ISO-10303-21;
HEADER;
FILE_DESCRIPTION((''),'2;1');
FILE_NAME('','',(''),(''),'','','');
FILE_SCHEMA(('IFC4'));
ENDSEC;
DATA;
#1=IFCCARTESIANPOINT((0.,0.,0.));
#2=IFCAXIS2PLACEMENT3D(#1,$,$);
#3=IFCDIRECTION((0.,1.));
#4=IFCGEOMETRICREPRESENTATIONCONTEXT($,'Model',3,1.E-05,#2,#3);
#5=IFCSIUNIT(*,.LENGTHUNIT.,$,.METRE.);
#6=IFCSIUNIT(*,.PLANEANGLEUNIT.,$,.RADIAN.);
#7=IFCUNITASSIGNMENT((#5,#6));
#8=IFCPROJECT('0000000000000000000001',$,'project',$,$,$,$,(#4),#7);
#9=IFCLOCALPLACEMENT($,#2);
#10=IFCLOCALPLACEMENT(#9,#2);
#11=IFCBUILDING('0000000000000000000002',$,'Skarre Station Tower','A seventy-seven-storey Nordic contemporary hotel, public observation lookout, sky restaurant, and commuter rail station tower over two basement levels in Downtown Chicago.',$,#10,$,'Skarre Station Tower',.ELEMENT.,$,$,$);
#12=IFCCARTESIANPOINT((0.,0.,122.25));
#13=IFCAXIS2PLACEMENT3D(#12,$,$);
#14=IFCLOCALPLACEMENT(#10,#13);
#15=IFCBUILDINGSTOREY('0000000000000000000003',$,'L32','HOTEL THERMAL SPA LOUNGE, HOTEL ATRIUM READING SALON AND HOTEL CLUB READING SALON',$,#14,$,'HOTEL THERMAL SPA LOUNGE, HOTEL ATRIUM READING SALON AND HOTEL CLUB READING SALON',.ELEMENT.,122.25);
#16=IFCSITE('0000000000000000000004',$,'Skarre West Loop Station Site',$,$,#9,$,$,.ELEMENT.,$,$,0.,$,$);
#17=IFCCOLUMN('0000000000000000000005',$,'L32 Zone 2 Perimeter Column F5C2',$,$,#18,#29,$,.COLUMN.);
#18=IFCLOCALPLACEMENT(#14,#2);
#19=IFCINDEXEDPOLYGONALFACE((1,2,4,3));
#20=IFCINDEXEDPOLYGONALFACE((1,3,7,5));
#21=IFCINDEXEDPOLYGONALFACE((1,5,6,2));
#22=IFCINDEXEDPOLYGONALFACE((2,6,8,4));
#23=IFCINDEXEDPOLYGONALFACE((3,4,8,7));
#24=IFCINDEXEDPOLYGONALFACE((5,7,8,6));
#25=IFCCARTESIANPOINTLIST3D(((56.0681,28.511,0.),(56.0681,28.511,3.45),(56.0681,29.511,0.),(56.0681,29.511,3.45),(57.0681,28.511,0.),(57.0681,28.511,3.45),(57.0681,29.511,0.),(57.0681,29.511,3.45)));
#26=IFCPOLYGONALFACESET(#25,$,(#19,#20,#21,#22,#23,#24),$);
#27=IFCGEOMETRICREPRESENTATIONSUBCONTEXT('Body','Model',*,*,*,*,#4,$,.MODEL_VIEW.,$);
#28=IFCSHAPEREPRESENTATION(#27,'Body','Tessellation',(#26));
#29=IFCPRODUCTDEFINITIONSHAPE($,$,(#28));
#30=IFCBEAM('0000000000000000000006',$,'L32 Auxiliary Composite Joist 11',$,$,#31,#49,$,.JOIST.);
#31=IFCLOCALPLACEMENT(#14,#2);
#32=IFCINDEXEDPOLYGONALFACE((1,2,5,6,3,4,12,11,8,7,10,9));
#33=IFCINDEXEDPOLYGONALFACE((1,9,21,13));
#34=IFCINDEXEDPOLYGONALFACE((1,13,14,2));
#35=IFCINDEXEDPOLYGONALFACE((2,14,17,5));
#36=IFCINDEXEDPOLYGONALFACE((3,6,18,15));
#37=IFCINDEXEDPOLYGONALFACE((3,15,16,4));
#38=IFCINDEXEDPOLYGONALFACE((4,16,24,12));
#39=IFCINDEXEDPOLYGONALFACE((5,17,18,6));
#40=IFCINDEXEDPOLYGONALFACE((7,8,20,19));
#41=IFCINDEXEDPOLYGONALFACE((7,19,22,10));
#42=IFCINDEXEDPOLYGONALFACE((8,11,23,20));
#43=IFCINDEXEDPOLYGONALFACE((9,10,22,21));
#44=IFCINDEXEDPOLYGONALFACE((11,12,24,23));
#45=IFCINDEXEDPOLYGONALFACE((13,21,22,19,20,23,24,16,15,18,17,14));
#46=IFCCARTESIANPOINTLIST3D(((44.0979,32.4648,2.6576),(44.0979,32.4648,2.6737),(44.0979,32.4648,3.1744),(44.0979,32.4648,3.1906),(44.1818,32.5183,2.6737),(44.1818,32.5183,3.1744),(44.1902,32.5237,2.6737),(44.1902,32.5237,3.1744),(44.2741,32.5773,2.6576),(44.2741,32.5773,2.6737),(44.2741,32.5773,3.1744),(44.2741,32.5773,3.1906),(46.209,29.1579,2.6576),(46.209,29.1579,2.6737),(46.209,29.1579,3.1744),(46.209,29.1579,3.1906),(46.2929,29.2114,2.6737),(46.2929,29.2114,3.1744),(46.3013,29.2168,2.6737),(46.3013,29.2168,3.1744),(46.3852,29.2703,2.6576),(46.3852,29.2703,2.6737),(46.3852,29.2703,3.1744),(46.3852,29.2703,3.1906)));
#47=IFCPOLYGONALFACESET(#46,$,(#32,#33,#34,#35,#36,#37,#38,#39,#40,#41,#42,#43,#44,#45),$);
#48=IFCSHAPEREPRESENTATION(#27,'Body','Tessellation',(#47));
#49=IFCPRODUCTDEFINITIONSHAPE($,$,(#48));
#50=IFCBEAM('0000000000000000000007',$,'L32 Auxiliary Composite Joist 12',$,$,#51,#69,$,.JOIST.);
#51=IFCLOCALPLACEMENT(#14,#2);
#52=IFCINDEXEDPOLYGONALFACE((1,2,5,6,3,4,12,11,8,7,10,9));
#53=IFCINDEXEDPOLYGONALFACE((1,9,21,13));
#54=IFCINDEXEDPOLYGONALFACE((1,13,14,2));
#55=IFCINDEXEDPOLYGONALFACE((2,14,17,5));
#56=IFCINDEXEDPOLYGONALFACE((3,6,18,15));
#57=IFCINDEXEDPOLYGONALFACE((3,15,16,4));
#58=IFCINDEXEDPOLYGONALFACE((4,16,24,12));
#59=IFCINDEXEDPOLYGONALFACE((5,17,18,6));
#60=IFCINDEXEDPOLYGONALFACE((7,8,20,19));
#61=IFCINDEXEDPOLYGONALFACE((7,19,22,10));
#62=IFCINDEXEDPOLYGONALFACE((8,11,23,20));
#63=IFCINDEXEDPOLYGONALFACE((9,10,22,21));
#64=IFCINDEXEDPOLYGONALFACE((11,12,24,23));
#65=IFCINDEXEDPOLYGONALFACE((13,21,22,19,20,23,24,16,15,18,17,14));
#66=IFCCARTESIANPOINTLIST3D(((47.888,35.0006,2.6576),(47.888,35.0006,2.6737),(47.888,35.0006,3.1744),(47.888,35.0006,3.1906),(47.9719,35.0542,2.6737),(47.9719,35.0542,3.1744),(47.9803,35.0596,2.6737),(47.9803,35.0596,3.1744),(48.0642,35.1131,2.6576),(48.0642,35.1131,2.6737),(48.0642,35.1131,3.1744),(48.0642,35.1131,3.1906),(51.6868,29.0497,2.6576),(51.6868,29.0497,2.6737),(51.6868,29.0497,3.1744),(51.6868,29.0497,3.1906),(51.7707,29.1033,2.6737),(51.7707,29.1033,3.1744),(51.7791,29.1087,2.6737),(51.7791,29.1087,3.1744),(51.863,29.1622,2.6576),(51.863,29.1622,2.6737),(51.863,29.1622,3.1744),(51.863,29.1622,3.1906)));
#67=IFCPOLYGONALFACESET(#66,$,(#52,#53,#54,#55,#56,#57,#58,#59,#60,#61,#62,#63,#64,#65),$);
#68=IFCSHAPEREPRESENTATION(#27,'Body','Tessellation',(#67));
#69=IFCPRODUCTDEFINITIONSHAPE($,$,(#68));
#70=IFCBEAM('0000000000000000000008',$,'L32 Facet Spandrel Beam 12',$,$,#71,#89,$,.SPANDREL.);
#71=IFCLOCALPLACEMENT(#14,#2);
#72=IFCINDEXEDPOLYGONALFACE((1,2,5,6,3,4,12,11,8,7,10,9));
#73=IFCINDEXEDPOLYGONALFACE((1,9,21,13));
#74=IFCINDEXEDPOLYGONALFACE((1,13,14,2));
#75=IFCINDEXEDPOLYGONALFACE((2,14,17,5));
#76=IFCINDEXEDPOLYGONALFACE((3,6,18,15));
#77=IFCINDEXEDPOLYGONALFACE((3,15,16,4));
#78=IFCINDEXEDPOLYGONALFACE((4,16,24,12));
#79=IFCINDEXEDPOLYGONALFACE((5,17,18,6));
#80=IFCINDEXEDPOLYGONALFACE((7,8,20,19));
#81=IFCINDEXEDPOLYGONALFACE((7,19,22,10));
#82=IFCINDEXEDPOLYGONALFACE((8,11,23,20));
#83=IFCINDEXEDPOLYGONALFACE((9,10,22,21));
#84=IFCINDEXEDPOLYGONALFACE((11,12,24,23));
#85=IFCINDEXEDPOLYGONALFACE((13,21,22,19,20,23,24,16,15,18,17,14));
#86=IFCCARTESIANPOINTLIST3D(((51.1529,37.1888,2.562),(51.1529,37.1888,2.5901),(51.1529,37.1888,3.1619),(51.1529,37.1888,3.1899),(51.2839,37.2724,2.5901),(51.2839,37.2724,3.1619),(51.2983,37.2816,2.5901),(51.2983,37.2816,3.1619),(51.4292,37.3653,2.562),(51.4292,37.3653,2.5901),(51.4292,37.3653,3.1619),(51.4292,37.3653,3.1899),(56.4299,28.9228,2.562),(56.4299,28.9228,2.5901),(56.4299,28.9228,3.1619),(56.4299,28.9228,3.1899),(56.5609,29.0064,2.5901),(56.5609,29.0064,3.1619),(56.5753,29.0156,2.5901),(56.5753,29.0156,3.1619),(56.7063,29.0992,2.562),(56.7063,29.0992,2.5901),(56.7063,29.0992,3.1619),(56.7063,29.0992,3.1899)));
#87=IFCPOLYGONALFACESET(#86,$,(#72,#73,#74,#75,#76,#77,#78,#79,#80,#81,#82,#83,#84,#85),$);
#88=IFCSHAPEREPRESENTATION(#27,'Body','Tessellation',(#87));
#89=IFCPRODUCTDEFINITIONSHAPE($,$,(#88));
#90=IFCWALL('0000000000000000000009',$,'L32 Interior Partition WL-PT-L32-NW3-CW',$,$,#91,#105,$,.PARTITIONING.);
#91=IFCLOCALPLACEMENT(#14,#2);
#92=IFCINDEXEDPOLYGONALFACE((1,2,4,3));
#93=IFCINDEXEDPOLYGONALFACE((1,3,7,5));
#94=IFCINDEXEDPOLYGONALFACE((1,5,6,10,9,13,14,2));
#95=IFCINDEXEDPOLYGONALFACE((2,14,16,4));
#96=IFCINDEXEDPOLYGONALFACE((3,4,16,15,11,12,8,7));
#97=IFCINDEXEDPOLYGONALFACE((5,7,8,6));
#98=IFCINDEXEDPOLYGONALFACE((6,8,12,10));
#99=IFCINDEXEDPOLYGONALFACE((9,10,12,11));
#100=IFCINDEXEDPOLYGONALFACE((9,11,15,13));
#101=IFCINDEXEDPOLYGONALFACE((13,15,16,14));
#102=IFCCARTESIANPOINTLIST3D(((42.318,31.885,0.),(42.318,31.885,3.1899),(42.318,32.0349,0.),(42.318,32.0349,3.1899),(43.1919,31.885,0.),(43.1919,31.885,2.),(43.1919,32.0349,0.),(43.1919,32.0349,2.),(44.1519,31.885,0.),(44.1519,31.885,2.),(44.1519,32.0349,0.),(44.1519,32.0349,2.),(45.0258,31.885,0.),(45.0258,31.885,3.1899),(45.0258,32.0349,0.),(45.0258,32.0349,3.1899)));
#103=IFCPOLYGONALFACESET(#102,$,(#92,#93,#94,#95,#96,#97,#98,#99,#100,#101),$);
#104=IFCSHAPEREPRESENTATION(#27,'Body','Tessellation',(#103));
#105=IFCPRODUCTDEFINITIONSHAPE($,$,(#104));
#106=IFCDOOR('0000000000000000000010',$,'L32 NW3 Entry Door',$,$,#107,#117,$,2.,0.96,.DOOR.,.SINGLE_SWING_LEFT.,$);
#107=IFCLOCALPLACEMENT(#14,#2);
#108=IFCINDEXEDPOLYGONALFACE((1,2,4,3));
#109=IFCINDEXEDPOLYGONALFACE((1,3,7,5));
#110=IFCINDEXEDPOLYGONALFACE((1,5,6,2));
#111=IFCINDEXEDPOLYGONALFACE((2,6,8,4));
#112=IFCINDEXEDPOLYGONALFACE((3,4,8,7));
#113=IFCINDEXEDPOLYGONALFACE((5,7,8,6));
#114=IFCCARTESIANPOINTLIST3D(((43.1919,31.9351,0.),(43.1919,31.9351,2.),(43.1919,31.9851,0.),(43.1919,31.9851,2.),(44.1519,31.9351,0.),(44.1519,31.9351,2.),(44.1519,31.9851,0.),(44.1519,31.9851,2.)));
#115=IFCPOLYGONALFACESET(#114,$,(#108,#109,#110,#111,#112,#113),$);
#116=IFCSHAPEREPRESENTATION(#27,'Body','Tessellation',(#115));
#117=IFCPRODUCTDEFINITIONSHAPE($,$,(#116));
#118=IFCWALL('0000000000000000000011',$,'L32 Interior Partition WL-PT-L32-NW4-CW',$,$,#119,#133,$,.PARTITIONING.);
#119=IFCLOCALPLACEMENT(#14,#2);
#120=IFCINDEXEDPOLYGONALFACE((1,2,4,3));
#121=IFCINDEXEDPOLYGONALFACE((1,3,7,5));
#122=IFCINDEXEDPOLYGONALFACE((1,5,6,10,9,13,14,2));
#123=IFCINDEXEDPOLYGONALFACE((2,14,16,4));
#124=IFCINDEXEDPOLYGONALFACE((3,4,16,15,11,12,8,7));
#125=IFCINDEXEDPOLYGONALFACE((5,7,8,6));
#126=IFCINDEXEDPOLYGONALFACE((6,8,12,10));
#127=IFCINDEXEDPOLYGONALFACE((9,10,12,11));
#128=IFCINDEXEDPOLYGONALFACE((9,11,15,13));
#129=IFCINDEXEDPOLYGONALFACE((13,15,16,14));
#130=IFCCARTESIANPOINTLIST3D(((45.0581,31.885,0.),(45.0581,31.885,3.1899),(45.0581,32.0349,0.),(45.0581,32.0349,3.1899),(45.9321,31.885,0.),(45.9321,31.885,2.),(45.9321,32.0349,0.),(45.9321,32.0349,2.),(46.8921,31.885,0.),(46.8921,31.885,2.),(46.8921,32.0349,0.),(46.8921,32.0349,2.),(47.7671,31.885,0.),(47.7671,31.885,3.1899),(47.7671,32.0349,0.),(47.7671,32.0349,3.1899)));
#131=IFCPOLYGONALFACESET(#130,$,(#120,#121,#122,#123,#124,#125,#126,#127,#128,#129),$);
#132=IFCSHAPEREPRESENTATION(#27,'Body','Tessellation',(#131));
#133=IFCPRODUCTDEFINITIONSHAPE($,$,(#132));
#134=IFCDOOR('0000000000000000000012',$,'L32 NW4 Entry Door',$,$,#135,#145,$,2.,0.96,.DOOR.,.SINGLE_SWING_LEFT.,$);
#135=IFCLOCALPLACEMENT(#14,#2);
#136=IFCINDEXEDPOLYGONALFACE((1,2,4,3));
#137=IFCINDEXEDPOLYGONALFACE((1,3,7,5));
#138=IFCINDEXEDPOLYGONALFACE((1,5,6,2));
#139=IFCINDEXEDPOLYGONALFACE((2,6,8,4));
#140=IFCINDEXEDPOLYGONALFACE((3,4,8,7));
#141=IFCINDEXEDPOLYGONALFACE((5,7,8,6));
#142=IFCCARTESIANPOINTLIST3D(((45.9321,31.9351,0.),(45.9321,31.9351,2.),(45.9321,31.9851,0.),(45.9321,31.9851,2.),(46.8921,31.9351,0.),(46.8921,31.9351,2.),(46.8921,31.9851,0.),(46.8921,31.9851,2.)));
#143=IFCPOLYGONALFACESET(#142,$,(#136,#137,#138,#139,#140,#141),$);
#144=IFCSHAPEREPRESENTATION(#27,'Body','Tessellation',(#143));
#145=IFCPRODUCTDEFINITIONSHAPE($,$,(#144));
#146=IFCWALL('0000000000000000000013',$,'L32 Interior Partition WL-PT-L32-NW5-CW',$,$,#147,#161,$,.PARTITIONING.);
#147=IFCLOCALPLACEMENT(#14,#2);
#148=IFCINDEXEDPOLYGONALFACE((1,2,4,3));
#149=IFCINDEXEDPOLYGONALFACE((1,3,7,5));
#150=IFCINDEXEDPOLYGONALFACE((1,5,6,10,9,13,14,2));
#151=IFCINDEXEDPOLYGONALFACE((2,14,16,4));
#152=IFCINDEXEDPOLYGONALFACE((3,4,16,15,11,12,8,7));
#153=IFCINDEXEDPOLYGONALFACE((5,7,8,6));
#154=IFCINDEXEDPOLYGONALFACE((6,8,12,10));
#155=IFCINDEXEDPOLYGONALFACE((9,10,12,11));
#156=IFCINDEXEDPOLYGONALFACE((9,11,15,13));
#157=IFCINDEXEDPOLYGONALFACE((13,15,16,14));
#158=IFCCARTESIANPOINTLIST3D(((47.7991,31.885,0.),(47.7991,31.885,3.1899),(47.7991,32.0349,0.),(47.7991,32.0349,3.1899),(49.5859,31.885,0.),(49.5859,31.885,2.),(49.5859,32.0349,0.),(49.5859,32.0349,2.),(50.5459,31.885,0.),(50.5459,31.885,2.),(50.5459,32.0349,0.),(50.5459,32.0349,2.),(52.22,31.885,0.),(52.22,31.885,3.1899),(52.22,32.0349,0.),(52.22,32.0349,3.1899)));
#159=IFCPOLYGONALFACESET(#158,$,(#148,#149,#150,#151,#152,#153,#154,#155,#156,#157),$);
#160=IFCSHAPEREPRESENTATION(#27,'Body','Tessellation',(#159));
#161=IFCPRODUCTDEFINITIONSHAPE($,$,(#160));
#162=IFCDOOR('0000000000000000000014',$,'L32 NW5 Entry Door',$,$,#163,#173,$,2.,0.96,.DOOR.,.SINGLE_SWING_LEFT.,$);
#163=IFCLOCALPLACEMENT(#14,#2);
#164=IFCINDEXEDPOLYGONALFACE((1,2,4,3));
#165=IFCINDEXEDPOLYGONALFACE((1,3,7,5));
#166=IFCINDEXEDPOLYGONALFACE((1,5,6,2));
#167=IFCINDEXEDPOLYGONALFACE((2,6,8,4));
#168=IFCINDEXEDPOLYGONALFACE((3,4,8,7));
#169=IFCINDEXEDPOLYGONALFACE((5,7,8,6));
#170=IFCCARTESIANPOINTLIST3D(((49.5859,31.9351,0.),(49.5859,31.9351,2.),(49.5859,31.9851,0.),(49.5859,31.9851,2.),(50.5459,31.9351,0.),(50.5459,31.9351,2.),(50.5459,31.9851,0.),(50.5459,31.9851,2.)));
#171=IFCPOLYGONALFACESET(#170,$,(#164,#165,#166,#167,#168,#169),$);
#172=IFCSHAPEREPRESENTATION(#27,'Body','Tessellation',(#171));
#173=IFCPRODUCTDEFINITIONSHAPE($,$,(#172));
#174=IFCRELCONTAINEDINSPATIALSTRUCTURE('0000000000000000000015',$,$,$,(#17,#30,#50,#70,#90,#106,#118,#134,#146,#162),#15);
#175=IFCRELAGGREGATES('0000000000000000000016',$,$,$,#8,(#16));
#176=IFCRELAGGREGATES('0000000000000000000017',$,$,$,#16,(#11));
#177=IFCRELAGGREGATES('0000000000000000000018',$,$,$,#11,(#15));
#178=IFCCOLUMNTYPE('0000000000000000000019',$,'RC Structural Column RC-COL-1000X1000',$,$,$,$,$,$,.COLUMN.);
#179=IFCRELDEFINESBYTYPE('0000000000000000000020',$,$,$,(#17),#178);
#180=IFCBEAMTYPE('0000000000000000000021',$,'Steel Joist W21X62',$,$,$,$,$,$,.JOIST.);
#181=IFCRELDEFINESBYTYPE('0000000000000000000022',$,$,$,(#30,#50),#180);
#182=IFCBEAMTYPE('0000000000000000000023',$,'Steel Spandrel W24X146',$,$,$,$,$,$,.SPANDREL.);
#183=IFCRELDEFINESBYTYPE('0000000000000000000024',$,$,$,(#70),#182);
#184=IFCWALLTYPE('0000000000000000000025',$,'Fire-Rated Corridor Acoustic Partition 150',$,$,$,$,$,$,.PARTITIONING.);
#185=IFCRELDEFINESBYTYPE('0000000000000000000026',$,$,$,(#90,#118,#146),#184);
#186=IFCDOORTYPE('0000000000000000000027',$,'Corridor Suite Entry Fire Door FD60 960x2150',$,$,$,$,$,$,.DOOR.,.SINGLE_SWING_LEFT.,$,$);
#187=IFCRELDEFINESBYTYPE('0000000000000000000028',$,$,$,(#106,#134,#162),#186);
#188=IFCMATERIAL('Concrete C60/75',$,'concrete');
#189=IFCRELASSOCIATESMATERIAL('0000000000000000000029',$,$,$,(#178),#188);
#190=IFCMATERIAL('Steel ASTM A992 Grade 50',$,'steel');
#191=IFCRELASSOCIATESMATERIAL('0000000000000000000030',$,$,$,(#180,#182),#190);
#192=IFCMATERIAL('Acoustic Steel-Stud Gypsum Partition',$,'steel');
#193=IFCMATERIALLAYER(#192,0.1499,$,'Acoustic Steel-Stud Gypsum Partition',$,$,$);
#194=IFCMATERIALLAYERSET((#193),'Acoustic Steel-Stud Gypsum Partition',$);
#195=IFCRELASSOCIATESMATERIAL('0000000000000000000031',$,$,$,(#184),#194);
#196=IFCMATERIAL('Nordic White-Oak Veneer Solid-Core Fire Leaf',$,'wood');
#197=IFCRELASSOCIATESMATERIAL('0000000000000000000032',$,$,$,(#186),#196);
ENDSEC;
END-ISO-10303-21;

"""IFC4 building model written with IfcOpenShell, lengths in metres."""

from ifc_helpers import new_model, si_unit, direction, frame, frame_2d, origin, origin_2d, place, context, subcontext, project, spatial, rectangle, i_section, extrude, material, layer, layer_set, material_profile, profile_set, type_object, element, fill, save


model = new_model("IFC4")

# Units and contexts
model_context = context("Model", 3, precision=1e-05, world=origin(), true_north=direction((0.0, 1.0)))
body_context = subcontext(model_context, "Body", "Model", "MODEL_VIEW")
ifc_project = project(units=[si_unit("LENGTHUNIT", "METRE"), si_unit("PLANEANGLEUNIT", "RADIAN")], contexts=[model_context])

# Site, building, storey
site_placement = place(None, origin())
site = spatial("IfcSite", under=ifc_project, at=site_placement, Name="Skarre West Loop Station Site", CompositionType="ELEMENT", RefElevation=0.0)
building_placement = place(site_placement, origin())
building = spatial("IfcBuilding", under=site, at=building_placement, Name="Skarre Station Tower", Description="A seventy-seven-storey Nordic contemporary hotel, public observation lookout, sky restaurant, and commuter rail station tower over two basement levels in Downtown Chicago.", LongName="Skarre Station Tower", CompositionType="ELEMENT")
storey_placement = place(building_placement, frame((0.0, 0.0, 122.25)))
storey = spatial("IfcBuildingStorey", under=building, at=storey_placement, Name="L32", Description="HOTEL THERMAL SPA LOUNGE, HOTEL ATRIUM READING SALON AND HOTEL CLUB READING SALON", LongName="HOTEL THERMAL SPA LOUNGE, HOTEL ATRIUM READING SALON AND HOTEL CLUB READING SALON", CompositionType="ELEMENT", Elevation=122.25)

# Column
ifc_material_1 = material(Name="Concrete C60/75", Category="concrete")
ifc_material_profile_1 = material_profile(ifc_material_1, rectangle(XDim=1.0, YDim=1.0, at=origin_2d()), Name="Concrete C60/75")
ifc_profile_set_1 = profile_set([ifc_material_profile_1], Name="Concrete C60/75")
column_type = type_object("IfcColumnType", Name="RC Structural Column RC-COL-1000X1000", PredefinedType="COLUMN", material=ifc_profile_set_1)
column_placement = place(storey_placement, frame((56.5681, 29.011, 0.0), z_axis=(0.0, 0.0, 1.0), x_axis=(1.0, 0.0, 0.0)))
element("IfcColumn", 1, at=column_placement, inside=storey, type_object=column_type, Name="L32 Zone 2 Perimeter Column F5C2", PredefinedType="COLUMN", context=body_context, shape_type="SweptSolid", body=[
    extrude(rectangle(XDim=1.0, YDim=1.0, at=origin_2d()), origin(), (0.0, 0.0, 1.0), 3.45),
])

# Beams
ifc_material_2 = material(Name="Steel ASTM A992 Grade 50", Category="steel")
ifc_material_profile_2 = material_profile(ifc_material_2, i_section(OverallWidth=0.209, OverallDepth=0.533, WebThickness=0.01, FlangeThickness=0.0161, at=origin_2d()), Name="Steel ASTM A992 Grade 50")
ifc_profile_set_2 = profile_set([ifc_material_profile_2], Name="Steel ASTM A992 Grade 50")
beam_type_1 = type_object("IfcBeamType", Name="Steel Joist W21X62", PredefinedType="JOIST", material=ifc_profile_set_2)
beam_1_placement = place(storey_placement, frame((46.2971, 29.2141, 2.9241), z_axis=(-0.538091, 0.842887, 0.0), x_axis=(-0.842887, -0.538091, 0.0)))
element("IfcBeam", 2, at=beam_1_placement, inside=storey, type_object=beam_type_1, Name="L32 Auxiliary Composite Joist 11", PredefinedType="JOIST", context=body_context, shape_type="SweptSolid", body=[
    extrude(i_section(OverallWidth=0.209, OverallDepth=0.533, WebThickness=0.01, FlangeThickness=0.0161, at=origin_2d()), origin(), (0.0, 0.0, 1.0), 3.9233),
])
beam_2_placement = place(storey_placement, frame((51.7749, 29.106, 2.9241), z_axis=(-0.538072, 0.842899, 0.0), x_axis=(-0.842899, -0.538072, 0.0)))
element("IfcBeam", 3, at=beam_2_placement, inside=storey, type_object=beam_type_1, Name="L32 Auxiliary Composite Joist 12", PredefinedType="JOIST", context=body_context, shape_type="SweptSolid", body=[
    extrude(i_section(OverallWidth=0.209, OverallDepth=0.533, WebThickness=0.01, FlangeThickness=0.0161, at=origin_2d()), origin(), (0.0, 0.0, 1.0), 7.0601),
])
ifc_material_profile_3 = material_profile(ifc_material_2, i_section(OverallWidth=0.3279, OverallDepth=0.6279, WebThickness=0.0171, FlangeThickness=0.0281, at=origin_2d()), Name="Steel ASTM A992 Grade 50")
ifc_profile_set_3 = profile_set([ifc_material_profile_3], Name="Steel ASTM A992 Grade 50")
beam_type_2 = type_object("IfcBeamType", Name="Steel Spandrel W24X146", PredefinedType="SPANDREL", material=ifc_profile_set_3)
beam_3_placement = place(storey_placement, frame((56.5681, 29.011, 2.876), z_axis=(-0.538098, 0.842883, 0.0), x_axis=(-0.842883, -0.538098, 0.0)))
element("IfcBeam", 4, at=beam_3_placement, inside=storey, type_object=beam_type_2, Name="L32 Facet Spandrel Beam 12", PredefinedType="SPANDREL", context=body_context, shape_type="SweptSolid", body=[
    extrude(i_section(OverallWidth=0.3279, OverallDepth=0.6279, WebThickness=0.0171, FlangeThickness=0.0281, at=origin_2d()), origin(), (0.0, 0.0, 1.0), 9.8069),
])

# Walls, openings, doors
ifc_material_3 = material(Name="Acoustic Steel-Stud Gypsum Partition", Category="steel")
ifc_layer_1 = layer(ifc_material_3, 0.1499, Name="Acoustic Steel-Stud Gypsum Partition")
ifc_layer_set_1 = layer_set([ifc_layer_1], Name="Acoustic Steel-Stud Gypsum Partition")
wall_type_1 = type_object("IfcWallType", Name="Fire-Rated Corridor Acoustic Partition 150", PredefinedType="PARTITIONING", material=ifc_layer_set_1)
wall_1_placement = place(storey_placement, frame((45.0259, 31.96, 0.0), z_axis=(0.0, 0.0, 1.0), x_axis=(-1.0, 0.0, 0.0)))
wall_1 = element("IfcWall", 5, at=wall_1_placement, inside=storey, type_object=wall_type_1, Name="L32 Interior Partition WL-PT-L32-NW3-CW", PredefinedType="PARTITIONING", context=body_context, shape_type="SweptSolid", body=[
    extrude(rectangle(XDim=2.7078, YDim=0.1499, at=frame_2d((1.354, 0.0))), origin(), (0.0, 0.0, 1.0), 3.1899),
])
opening_1_placement = place(wall_1_placement, frame((0.874, 0.0, 0.0)))
opening_1 = element("IfcOpeningElement", 6, at=opening_1_placement, cuts=wall_1, PredefinedType="OPENING", context=body_context, shape_type="SweptSolid", body=[
    extrude(rectangle(XDim=0.96, YDim=2.0, at=frame_2d((0.48, 1.0))), frame((0.0, 0.085, 0.0), z_axis=(0.0, -1.0, 0.0), x_axis=(1.0, 0.0, 0.0)), (0.0, 0.0, 1.0), 0.1699),
])
ifc_material_4 = material(Name="Nordic White-Oak Veneer Solid-Core Fire Leaf", Category="wood")
door_type = type_object("IfcDoorType", Name="Corridor Suite Entry Fire Door FD60 960x2150", OperationType="SINGLE_SWING_LEFT", PredefinedType="DOOR", material=ifc_material_4)
door_1_placement = place(opening_1_placement, origin())
door_1 = element("IfcDoor", 7, at=door_1_placement, inside=storey, type_object=door_type, Name="L32 NW3 Entry Door", OperationType="SINGLE_SWING_LEFT", OverallHeight=2.0, OverallWidth=0.96, PredefinedType="DOOR", context=body_context, shape_type="SweptSolid", body=[
    extrude(rectangle(XDim=0.96, YDim=2.0, at=frame_2d((0.48, 1.0))), frame((0.0, 0.0249, 0.0), z_axis=(0.0, -1.0, 0.0), x_axis=(1.0, 0.0, 0.0)), (0.0, 0.0, 1.0), 0.05),
])
fill(opening_1, door_1)
wall_2_placement = place(storey_placement, frame((47.7671, 31.96, 0.0), z_axis=(0.0, 0.0, 1.0), x_axis=(-1.0, 0.0, 0.0)))
wall_2 = element("IfcWall", 8, at=wall_2_placement, inside=storey, type_object=wall_type_1, Name="L32 Interior Partition WL-PT-L32-NW4-CW", PredefinedType="PARTITIONING", context=body_context, shape_type="SweptSolid", body=[
    extrude(rectangle(XDim=2.709, YDim=0.1499, at=frame_2d((1.3545, 0.0))), origin(), (0.0, 0.0, 1.0), 3.1899),
])
opening_2_placement = place(wall_2_placement, frame((0.875, 0.0, 0.0)))
opening_2 = element("IfcOpeningElement", 9, at=opening_2_placement, cuts=wall_2, PredefinedType="OPENING", context=body_context, shape_type="SweptSolid", body=[
    extrude(rectangle(XDim=0.96, YDim=2.0, at=frame_2d((0.48, 1.0))), frame((0.0, 0.085, 0.0), z_axis=(0.0, -1.0, 0.0), x_axis=(1.0, 0.0, 0.0)), (0.0, 0.0, 1.0), 0.1699),
])
door_2_placement = place(opening_2_placement, origin())
door_2 = element("IfcDoor", 10, at=door_2_placement, inside=storey, type_object=door_type, Name="L32 NW4 Entry Door", OperationType="SINGLE_SWING_LEFT", OverallHeight=2.0, OverallWidth=0.96, PredefinedType="DOOR", context=body_context, shape_type="SweptSolid", body=[
    extrude(rectangle(XDim=0.96, YDim=2.0, at=frame_2d((0.48, 1.0))), frame((0.0, 0.0249, 0.0), z_axis=(0.0, -1.0, 0.0), x_axis=(1.0, 0.0, 0.0)), (0.0, 0.0, 1.0), 0.05),
])
fill(opening_2, door_2)
wall_3_placement = place(storey_placement, frame((52.22, 31.96, 0.0), z_axis=(0.0, 0.0, 1.0), x_axis=(-1.0, 0.0, 0.0)))
wall_3 = element("IfcWall", 11, at=wall_3_placement, inside=storey, type_object=wall_type_1, Name="L32 Interior Partition WL-PT-L32-NW5-CW", PredefinedType="PARTITIONING", context=body_context, shape_type="SweptSolid", body=[
    extrude(rectangle(XDim=4.4209, YDim=0.1499, at=frame_2d((2.2104, 0.0))), origin(), (0.0, 0.0, 1.0), 3.1899),
])
opening_3_placement = place(wall_3_placement, frame((1.6741, 0.0, 0.0)))
opening_3 = element("IfcOpeningElement", 12, at=opening_3_placement, cuts=wall_3, PredefinedType="OPENING", context=body_context, shape_type="SweptSolid", body=[
    extrude(rectangle(XDim=0.96, YDim=2.0, at=frame_2d((0.48, 1.0))), frame((0.0, 0.085, 0.0), z_axis=(0.0, -1.0, 0.0), x_axis=(1.0, 0.0, 0.0)), (0.0, 0.0, 1.0), 0.1699),
])
door_3_placement = place(opening_3_placement, origin())
door_3 = element("IfcDoor", 13, at=door_3_placement, inside=storey, type_object=door_type, Name="L32 NW5 Entry Door", OperationType="SINGLE_SWING_LEFT", OverallHeight=2.0, OverallWidth=0.96, PredefinedType="DOOR", context=body_context, shape_type="SweptSolid", body=[
    extrude(rectangle(XDim=0.96, YDim=2.0, at=frame_2d((0.48, 1.0))), frame((0.0, 0.0249, 0.0), z_axis=(0.0, -1.0, 0.0), x_axis=(1.0, 0.0, 0.0)), (0.0, 0.0, 1.0), 0.05),
])
fill(opening_3, door_3)

save(model, "model.ifc")
